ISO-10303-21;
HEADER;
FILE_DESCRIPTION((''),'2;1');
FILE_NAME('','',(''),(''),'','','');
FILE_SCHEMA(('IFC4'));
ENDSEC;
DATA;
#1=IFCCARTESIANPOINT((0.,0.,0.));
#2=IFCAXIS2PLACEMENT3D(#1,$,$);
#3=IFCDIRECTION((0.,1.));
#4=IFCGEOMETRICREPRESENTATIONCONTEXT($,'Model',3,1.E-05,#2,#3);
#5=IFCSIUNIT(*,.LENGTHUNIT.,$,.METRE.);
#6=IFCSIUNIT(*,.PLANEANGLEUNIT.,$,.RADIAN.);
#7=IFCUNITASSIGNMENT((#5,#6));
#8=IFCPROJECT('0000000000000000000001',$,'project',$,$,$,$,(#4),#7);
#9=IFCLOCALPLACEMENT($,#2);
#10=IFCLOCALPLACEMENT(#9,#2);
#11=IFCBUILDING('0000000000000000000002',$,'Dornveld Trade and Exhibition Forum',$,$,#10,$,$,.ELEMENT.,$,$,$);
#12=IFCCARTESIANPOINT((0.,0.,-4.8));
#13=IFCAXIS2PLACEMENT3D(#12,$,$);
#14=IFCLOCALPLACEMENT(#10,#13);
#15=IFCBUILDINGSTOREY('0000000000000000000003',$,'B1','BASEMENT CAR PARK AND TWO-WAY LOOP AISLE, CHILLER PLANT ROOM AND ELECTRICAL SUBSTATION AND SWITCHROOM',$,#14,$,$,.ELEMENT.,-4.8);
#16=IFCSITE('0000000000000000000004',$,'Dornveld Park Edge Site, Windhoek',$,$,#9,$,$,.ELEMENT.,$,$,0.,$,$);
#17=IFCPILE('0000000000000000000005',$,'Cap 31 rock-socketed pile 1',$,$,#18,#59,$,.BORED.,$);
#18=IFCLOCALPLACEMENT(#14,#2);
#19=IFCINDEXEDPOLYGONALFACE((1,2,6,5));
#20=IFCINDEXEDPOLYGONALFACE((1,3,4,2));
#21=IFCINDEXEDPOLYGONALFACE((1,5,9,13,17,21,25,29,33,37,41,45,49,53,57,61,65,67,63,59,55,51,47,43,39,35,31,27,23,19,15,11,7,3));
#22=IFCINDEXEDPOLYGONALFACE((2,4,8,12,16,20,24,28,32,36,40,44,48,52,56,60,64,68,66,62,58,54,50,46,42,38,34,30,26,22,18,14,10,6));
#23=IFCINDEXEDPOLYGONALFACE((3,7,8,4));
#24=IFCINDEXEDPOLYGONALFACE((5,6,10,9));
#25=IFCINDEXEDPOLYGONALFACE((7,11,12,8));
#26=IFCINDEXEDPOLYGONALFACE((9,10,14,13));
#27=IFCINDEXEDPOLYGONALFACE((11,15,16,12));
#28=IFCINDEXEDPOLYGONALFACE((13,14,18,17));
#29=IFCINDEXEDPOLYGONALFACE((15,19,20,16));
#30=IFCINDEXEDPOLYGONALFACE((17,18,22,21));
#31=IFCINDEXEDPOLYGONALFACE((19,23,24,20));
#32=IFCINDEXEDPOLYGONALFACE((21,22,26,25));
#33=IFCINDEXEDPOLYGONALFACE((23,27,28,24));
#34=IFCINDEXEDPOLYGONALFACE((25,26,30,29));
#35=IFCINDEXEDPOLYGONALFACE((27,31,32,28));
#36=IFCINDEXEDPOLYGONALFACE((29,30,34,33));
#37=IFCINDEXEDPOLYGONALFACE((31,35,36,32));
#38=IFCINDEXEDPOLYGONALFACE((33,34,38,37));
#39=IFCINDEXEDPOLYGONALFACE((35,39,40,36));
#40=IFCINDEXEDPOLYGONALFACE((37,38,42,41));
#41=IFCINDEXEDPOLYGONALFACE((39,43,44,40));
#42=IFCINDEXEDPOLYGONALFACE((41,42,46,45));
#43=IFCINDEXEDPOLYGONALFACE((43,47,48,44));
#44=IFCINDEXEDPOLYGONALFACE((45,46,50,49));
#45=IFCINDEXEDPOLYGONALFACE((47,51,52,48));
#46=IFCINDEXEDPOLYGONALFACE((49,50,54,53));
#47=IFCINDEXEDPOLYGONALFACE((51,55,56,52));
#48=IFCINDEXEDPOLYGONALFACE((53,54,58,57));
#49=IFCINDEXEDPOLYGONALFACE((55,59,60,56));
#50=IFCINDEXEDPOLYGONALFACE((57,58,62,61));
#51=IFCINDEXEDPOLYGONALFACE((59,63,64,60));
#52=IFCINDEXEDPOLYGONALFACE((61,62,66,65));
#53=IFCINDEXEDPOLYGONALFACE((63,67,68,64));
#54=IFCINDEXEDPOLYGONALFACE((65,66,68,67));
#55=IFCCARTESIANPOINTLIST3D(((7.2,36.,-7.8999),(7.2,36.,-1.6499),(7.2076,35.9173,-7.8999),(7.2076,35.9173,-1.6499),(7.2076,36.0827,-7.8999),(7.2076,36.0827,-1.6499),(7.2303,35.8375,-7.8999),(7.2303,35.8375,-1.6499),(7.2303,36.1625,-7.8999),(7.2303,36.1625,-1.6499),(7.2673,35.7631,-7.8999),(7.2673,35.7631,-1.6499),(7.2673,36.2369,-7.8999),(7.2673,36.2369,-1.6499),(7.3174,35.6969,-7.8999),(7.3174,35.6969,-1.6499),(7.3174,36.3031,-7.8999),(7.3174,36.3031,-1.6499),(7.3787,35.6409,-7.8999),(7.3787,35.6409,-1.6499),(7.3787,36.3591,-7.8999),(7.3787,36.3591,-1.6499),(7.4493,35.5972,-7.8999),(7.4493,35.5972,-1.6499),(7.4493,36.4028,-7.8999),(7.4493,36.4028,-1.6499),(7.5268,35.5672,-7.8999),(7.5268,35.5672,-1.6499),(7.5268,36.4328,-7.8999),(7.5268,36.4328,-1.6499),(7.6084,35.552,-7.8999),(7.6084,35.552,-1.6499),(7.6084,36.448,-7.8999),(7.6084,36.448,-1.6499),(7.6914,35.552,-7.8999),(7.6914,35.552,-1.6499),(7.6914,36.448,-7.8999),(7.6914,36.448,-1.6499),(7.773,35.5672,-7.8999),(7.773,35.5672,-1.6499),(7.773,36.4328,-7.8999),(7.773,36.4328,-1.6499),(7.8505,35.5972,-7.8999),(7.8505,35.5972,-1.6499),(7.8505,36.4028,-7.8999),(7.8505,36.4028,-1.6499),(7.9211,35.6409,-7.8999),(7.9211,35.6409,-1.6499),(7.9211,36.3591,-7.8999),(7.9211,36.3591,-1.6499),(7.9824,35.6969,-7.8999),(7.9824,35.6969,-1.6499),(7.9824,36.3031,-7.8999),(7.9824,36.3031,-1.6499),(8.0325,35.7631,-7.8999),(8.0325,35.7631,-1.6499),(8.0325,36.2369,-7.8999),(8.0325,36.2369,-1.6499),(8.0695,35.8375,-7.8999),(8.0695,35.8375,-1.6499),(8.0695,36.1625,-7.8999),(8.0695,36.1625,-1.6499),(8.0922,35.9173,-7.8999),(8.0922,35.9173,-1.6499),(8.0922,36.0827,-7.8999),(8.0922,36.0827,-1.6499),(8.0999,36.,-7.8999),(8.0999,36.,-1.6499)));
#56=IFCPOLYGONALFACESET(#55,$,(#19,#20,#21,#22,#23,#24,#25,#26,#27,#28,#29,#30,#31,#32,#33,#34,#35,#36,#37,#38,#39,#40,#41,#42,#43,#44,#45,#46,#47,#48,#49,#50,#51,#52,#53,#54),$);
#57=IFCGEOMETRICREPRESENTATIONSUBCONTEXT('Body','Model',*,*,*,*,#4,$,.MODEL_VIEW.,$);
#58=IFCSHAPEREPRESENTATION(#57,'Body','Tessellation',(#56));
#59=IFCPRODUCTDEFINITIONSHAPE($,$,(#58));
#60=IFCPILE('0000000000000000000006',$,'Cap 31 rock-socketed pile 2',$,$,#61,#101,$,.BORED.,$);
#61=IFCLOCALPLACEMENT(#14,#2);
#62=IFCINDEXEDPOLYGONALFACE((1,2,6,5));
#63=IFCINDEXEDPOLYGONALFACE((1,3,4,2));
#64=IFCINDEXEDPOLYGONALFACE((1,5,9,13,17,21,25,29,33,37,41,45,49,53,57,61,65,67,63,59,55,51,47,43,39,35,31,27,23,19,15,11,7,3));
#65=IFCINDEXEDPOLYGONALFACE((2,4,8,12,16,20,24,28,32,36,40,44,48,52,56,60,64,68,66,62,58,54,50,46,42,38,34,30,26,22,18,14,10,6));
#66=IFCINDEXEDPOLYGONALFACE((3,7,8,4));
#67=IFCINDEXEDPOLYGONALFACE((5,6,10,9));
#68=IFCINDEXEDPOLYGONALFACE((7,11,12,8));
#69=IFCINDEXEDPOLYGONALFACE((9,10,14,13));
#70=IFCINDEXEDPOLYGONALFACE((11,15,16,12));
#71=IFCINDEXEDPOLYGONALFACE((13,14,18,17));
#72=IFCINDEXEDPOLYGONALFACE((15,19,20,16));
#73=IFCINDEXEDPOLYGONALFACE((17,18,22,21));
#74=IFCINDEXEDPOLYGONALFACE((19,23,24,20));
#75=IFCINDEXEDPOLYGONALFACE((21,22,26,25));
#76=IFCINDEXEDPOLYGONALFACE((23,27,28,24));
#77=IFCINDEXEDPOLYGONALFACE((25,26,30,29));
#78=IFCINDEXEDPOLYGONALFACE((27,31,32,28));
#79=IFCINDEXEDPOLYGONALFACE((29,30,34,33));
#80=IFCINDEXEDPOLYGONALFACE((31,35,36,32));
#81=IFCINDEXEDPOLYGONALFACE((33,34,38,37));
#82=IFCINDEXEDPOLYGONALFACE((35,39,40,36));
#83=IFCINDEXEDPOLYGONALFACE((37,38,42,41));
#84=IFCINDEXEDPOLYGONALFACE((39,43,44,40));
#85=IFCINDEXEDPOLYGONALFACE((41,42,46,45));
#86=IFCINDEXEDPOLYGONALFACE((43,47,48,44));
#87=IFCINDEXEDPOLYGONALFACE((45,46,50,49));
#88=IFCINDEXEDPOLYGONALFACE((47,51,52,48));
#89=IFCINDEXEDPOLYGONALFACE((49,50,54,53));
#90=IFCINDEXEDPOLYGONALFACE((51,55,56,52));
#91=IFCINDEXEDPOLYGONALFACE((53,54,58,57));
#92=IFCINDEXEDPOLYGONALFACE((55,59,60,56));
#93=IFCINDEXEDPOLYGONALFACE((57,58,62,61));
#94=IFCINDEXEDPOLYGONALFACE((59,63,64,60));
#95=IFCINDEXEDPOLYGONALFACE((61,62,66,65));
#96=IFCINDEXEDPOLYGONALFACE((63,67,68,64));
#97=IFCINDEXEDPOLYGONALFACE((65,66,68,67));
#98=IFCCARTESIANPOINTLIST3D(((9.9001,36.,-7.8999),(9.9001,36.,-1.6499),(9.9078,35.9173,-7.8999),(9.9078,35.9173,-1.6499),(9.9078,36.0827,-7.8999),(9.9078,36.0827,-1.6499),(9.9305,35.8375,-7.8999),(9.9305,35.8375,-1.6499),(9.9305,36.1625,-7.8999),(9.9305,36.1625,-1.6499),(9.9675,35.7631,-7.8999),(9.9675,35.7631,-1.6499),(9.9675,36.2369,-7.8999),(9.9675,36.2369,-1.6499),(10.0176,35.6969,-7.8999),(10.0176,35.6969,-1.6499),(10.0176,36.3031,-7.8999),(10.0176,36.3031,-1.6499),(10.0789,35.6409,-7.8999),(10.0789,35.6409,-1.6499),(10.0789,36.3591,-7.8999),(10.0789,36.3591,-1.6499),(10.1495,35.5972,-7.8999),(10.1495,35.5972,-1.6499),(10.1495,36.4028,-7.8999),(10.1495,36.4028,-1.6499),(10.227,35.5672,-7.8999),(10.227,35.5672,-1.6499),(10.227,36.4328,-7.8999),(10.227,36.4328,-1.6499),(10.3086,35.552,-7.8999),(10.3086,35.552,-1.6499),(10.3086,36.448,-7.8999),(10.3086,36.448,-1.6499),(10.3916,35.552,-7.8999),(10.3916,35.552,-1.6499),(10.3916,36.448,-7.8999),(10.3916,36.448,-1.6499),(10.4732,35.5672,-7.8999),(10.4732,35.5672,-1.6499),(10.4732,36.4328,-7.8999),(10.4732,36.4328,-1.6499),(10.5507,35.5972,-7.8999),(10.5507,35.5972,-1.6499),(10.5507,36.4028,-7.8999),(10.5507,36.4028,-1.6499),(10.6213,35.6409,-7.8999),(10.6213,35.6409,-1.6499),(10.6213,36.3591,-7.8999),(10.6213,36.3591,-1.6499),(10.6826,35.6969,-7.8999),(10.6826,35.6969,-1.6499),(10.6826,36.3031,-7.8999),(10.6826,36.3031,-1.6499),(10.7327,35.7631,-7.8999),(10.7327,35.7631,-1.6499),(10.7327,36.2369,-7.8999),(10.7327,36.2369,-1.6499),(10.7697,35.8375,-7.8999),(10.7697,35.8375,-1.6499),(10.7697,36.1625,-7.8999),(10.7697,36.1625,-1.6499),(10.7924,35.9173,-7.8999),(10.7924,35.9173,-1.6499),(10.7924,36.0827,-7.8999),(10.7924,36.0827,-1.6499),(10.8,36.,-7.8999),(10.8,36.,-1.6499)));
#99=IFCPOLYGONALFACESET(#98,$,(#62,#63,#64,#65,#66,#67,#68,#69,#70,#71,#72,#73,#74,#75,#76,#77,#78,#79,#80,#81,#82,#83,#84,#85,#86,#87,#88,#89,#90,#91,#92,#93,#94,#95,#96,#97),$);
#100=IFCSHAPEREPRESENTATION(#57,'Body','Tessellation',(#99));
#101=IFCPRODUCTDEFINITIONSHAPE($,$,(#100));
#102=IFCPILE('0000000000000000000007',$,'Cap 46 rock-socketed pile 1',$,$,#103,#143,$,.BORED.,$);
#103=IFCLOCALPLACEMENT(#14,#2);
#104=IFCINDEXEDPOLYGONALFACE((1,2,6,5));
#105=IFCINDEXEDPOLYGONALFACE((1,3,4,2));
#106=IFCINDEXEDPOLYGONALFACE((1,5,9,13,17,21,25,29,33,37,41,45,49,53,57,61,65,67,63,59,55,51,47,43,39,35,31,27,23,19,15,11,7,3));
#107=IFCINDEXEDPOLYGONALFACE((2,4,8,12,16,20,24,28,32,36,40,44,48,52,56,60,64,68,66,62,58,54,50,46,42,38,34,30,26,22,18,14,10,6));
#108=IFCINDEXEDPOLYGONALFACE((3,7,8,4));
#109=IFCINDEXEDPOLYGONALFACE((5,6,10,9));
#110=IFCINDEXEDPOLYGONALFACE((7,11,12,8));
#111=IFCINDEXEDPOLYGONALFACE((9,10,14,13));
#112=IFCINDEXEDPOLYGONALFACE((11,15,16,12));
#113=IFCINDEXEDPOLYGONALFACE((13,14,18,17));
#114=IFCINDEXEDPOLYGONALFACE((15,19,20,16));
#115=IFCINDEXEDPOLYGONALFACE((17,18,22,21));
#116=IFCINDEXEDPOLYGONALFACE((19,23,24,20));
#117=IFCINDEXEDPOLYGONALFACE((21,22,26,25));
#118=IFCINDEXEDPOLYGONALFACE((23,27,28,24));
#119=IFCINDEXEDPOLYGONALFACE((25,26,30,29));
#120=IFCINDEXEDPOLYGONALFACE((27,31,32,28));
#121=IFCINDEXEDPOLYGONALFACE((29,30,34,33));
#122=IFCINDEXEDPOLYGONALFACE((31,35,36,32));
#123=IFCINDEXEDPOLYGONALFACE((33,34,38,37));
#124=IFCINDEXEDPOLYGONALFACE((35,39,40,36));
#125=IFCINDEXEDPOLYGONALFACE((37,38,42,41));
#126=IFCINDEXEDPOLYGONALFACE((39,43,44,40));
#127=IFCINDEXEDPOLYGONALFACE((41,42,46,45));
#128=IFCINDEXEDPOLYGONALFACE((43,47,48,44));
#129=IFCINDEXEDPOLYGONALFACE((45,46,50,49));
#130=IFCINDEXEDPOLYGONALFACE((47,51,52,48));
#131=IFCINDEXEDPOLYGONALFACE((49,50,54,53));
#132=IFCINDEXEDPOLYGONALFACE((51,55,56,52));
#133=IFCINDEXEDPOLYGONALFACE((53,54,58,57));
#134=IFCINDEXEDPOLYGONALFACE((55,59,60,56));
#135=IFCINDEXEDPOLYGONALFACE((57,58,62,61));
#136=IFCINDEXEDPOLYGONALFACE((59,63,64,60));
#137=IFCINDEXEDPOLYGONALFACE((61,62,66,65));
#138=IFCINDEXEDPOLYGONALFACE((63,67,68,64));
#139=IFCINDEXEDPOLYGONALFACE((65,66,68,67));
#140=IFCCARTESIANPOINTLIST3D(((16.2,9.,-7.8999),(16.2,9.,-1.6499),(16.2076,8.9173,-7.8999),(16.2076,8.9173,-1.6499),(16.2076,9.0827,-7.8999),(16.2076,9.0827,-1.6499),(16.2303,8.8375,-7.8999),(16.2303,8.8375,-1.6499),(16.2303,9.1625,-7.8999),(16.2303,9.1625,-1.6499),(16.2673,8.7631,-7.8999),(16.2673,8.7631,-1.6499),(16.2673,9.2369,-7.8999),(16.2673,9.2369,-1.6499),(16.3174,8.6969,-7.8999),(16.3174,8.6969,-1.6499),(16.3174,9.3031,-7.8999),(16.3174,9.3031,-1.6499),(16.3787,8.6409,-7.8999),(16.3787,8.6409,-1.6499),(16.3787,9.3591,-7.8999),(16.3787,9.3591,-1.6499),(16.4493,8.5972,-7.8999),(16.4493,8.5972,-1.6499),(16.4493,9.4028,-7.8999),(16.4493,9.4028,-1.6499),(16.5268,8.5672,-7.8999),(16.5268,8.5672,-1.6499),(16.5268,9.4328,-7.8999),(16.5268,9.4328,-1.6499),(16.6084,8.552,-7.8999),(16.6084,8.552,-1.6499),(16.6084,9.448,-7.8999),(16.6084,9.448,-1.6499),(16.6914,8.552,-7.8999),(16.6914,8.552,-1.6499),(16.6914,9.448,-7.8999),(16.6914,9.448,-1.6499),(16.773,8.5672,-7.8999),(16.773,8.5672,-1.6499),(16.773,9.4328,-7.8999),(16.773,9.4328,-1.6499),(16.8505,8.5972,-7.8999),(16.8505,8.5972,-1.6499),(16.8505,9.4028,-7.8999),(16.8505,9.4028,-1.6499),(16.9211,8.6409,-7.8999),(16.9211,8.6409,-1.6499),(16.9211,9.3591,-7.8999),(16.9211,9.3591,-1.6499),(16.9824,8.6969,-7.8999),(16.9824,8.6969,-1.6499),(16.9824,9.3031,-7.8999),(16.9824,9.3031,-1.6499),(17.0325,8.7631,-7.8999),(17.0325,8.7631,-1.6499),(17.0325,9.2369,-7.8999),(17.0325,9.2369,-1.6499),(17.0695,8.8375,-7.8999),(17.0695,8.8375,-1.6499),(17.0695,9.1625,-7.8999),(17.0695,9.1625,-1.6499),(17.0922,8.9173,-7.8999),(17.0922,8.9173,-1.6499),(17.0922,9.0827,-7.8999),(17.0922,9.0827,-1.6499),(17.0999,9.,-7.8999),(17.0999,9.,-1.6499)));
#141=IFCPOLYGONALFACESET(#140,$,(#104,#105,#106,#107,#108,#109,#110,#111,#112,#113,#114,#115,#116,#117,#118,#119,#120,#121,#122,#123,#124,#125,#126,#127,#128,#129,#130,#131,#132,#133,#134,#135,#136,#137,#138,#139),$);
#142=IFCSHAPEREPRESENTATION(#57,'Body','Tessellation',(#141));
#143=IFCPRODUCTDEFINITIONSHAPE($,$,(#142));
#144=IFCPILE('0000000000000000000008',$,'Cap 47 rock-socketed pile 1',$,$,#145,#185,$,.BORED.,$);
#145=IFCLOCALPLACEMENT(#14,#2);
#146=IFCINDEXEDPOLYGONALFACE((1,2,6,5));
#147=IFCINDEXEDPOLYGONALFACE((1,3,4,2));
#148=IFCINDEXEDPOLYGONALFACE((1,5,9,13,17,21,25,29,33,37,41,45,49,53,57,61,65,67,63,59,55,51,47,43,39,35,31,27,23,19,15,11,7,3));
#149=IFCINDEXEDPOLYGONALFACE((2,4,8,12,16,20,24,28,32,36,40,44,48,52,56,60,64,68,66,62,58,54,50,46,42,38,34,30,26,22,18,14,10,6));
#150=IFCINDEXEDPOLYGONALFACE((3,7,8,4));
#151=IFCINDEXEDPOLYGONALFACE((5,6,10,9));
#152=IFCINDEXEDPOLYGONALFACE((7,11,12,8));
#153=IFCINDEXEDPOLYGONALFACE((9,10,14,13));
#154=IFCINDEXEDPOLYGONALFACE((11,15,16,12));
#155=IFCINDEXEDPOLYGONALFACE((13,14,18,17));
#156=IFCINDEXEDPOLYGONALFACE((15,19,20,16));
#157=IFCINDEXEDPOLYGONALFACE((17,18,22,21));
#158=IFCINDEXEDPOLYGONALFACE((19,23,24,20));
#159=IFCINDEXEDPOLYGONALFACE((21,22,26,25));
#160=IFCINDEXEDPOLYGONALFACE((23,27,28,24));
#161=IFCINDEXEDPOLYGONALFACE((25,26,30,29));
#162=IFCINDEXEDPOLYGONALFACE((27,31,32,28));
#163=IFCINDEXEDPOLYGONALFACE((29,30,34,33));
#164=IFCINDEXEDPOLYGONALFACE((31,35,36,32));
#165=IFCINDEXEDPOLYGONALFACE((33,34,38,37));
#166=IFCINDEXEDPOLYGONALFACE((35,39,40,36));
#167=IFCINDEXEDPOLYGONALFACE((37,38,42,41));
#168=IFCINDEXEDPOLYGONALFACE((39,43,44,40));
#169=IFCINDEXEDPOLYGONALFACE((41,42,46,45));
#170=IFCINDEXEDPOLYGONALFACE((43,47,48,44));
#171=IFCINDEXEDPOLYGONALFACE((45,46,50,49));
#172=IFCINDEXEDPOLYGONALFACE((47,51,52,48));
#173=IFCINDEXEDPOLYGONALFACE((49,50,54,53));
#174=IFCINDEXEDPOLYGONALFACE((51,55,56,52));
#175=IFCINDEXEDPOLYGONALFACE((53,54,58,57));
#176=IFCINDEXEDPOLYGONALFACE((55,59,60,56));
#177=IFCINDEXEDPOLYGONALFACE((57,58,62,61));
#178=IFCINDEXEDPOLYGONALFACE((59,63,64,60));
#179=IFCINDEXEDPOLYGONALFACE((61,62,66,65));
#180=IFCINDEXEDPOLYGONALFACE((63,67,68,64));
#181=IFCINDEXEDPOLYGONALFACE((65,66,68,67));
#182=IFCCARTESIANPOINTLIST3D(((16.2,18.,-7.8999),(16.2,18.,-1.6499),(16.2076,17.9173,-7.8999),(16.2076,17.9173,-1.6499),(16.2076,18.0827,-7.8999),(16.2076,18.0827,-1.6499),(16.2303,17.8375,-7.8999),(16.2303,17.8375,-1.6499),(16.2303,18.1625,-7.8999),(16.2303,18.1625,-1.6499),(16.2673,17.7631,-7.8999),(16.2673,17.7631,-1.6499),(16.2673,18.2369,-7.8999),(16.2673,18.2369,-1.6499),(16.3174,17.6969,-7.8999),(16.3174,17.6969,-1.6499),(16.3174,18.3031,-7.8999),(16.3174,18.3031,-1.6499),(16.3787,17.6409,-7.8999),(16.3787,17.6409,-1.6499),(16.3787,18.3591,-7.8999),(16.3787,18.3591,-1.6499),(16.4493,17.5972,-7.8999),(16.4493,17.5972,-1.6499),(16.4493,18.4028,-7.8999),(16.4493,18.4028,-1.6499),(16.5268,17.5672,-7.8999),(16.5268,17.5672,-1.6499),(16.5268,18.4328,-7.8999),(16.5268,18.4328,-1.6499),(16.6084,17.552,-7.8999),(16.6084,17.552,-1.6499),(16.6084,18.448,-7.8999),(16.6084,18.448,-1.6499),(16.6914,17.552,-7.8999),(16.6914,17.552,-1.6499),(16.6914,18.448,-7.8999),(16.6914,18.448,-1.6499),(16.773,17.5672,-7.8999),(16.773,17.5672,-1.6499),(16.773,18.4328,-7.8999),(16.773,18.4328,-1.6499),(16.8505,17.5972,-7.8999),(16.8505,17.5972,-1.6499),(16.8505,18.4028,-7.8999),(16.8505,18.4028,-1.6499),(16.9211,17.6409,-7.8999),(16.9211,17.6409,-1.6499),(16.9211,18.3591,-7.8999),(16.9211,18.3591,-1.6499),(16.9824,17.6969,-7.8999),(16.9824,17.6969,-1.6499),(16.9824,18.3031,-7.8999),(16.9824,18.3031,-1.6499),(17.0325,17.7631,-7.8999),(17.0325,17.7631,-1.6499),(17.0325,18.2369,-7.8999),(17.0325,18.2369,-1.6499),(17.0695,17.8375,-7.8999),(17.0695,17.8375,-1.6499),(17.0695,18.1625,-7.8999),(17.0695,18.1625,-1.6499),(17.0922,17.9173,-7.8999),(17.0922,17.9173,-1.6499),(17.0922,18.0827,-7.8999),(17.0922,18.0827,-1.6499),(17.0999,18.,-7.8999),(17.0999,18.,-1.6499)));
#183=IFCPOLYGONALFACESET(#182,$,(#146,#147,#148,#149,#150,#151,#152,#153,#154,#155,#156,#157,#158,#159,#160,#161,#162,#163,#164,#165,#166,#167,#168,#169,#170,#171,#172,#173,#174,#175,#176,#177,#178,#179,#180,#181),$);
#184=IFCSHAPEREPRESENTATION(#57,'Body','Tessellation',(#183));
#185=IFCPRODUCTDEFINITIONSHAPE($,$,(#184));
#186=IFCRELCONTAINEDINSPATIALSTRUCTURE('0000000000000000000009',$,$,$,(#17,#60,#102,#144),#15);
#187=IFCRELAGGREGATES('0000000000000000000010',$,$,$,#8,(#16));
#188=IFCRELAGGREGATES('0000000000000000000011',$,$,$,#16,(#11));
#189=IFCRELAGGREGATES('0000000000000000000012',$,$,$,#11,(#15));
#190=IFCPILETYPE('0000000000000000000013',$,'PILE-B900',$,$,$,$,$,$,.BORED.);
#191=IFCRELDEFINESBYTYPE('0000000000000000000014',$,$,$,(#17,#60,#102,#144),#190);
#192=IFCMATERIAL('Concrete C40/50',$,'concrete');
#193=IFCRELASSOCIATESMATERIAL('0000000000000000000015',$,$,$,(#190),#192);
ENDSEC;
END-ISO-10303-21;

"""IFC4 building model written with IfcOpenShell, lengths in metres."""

from ifc_helpers import new_model, si_unit, direction, frame, origin, origin_2d, place, context, subcontext, project, spatial, circle, extrude, material, material_profile, profile_set, type_object, element, save


model = new_model("IFC4")

# Units and contexts
model_context = context("Model", 3, precision=1e-05, world=origin(), true_north=direction((0.0, 1.0)))
body_context = subcontext(model_context, "Body", "Model", "MODEL_VIEW")
ifc_project = project(units=[si_unit("LENGTHUNIT", "METRE"), si_unit("PLANEANGLEUNIT", "RADIAN")], contexts=[model_context])

# Site, building, storey
site_placement = place(None, origin())
site = spatial("IfcSite", under=ifc_project, at=site_placement, Name="Dornveld Park Edge Site, Windhoek", CompositionType="ELEMENT", RefElevation=0.0)
building_placement = place(site_placement, origin())
building = spatial("IfcBuilding", under=site, at=building_placement, Name="Dornveld Trade and Exhibition Forum", CompositionType="ELEMENT")
storey_placement = place(building_placement, frame((0.0, 0.0, -4.8)))
storey = spatial("IfcBuildingStorey", under=building, at=storey_placement, Name="B1", Description="BASEMENT CAR PARK AND TWO-WAY LOOP AISLE, CHILLER PLANT ROOM AND ELECTRICAL SUBSTATION AND SWITCHROOM", CompositionType="ELEMENT", Elevation=-4.8)

# Piles
ifc_material_1 = material(Name="Concrete C40/50", Category="concrete")
ifc_material_profile_1 = material_profile(ifc_material_1, circle(Radius=0.45, at=origin_2d()), Name="PILE D900")
ifc_profile_set_1 = profile_set([ifc_material_profile_1], Name="Concrete C40/50")
pile_type = type_object("IfcPileType", Name="PILE-B900", PredefinedType="BORED", material=ifc_profile_set_1)
for number, where, z_axis, x_axis, name in (
    (1, (7.6499, 36.0, -1.6499), (0.0, 0.0, -1.0), (1.0, 0.0, 0.0), "Cap 31 rock-socketed pile 1"),
    (2, (10.3501, 36.0, -1.6499), (0.0, 0.0, -1.0), (1.0, 0.0, 0.0), "Cap 31 rock-socketed pile 2"),
    (3, (16.6499, 9.0, -1.6499), (0.0, 0.0, -1.0), (1.0, 0.0, 0.0), "Cap 46 rock-socketed pile 1"),
    (4, (16.6499, 18.0, -1.6499), (0.0, 0.0, -1.0), (1.0, 0.0, 0.0), "Cap 47 rock-socketed pile 1"),
):
    element("IfcPile", number, at=place(storey_placement, frame(where, z_axis=z_axis, x_axis=x_axis)), inside=storey, type_object=pile_type, Name=name, PredefinedType="BORED", context=body_context, shape_type="SweptSolid", body=[
        extrude(circle(Radius=0.45, at=origin_2d()), origin(), (0.0, 0.0, 1.0), 6.25),
    ])

save(model, "model.ifc")
